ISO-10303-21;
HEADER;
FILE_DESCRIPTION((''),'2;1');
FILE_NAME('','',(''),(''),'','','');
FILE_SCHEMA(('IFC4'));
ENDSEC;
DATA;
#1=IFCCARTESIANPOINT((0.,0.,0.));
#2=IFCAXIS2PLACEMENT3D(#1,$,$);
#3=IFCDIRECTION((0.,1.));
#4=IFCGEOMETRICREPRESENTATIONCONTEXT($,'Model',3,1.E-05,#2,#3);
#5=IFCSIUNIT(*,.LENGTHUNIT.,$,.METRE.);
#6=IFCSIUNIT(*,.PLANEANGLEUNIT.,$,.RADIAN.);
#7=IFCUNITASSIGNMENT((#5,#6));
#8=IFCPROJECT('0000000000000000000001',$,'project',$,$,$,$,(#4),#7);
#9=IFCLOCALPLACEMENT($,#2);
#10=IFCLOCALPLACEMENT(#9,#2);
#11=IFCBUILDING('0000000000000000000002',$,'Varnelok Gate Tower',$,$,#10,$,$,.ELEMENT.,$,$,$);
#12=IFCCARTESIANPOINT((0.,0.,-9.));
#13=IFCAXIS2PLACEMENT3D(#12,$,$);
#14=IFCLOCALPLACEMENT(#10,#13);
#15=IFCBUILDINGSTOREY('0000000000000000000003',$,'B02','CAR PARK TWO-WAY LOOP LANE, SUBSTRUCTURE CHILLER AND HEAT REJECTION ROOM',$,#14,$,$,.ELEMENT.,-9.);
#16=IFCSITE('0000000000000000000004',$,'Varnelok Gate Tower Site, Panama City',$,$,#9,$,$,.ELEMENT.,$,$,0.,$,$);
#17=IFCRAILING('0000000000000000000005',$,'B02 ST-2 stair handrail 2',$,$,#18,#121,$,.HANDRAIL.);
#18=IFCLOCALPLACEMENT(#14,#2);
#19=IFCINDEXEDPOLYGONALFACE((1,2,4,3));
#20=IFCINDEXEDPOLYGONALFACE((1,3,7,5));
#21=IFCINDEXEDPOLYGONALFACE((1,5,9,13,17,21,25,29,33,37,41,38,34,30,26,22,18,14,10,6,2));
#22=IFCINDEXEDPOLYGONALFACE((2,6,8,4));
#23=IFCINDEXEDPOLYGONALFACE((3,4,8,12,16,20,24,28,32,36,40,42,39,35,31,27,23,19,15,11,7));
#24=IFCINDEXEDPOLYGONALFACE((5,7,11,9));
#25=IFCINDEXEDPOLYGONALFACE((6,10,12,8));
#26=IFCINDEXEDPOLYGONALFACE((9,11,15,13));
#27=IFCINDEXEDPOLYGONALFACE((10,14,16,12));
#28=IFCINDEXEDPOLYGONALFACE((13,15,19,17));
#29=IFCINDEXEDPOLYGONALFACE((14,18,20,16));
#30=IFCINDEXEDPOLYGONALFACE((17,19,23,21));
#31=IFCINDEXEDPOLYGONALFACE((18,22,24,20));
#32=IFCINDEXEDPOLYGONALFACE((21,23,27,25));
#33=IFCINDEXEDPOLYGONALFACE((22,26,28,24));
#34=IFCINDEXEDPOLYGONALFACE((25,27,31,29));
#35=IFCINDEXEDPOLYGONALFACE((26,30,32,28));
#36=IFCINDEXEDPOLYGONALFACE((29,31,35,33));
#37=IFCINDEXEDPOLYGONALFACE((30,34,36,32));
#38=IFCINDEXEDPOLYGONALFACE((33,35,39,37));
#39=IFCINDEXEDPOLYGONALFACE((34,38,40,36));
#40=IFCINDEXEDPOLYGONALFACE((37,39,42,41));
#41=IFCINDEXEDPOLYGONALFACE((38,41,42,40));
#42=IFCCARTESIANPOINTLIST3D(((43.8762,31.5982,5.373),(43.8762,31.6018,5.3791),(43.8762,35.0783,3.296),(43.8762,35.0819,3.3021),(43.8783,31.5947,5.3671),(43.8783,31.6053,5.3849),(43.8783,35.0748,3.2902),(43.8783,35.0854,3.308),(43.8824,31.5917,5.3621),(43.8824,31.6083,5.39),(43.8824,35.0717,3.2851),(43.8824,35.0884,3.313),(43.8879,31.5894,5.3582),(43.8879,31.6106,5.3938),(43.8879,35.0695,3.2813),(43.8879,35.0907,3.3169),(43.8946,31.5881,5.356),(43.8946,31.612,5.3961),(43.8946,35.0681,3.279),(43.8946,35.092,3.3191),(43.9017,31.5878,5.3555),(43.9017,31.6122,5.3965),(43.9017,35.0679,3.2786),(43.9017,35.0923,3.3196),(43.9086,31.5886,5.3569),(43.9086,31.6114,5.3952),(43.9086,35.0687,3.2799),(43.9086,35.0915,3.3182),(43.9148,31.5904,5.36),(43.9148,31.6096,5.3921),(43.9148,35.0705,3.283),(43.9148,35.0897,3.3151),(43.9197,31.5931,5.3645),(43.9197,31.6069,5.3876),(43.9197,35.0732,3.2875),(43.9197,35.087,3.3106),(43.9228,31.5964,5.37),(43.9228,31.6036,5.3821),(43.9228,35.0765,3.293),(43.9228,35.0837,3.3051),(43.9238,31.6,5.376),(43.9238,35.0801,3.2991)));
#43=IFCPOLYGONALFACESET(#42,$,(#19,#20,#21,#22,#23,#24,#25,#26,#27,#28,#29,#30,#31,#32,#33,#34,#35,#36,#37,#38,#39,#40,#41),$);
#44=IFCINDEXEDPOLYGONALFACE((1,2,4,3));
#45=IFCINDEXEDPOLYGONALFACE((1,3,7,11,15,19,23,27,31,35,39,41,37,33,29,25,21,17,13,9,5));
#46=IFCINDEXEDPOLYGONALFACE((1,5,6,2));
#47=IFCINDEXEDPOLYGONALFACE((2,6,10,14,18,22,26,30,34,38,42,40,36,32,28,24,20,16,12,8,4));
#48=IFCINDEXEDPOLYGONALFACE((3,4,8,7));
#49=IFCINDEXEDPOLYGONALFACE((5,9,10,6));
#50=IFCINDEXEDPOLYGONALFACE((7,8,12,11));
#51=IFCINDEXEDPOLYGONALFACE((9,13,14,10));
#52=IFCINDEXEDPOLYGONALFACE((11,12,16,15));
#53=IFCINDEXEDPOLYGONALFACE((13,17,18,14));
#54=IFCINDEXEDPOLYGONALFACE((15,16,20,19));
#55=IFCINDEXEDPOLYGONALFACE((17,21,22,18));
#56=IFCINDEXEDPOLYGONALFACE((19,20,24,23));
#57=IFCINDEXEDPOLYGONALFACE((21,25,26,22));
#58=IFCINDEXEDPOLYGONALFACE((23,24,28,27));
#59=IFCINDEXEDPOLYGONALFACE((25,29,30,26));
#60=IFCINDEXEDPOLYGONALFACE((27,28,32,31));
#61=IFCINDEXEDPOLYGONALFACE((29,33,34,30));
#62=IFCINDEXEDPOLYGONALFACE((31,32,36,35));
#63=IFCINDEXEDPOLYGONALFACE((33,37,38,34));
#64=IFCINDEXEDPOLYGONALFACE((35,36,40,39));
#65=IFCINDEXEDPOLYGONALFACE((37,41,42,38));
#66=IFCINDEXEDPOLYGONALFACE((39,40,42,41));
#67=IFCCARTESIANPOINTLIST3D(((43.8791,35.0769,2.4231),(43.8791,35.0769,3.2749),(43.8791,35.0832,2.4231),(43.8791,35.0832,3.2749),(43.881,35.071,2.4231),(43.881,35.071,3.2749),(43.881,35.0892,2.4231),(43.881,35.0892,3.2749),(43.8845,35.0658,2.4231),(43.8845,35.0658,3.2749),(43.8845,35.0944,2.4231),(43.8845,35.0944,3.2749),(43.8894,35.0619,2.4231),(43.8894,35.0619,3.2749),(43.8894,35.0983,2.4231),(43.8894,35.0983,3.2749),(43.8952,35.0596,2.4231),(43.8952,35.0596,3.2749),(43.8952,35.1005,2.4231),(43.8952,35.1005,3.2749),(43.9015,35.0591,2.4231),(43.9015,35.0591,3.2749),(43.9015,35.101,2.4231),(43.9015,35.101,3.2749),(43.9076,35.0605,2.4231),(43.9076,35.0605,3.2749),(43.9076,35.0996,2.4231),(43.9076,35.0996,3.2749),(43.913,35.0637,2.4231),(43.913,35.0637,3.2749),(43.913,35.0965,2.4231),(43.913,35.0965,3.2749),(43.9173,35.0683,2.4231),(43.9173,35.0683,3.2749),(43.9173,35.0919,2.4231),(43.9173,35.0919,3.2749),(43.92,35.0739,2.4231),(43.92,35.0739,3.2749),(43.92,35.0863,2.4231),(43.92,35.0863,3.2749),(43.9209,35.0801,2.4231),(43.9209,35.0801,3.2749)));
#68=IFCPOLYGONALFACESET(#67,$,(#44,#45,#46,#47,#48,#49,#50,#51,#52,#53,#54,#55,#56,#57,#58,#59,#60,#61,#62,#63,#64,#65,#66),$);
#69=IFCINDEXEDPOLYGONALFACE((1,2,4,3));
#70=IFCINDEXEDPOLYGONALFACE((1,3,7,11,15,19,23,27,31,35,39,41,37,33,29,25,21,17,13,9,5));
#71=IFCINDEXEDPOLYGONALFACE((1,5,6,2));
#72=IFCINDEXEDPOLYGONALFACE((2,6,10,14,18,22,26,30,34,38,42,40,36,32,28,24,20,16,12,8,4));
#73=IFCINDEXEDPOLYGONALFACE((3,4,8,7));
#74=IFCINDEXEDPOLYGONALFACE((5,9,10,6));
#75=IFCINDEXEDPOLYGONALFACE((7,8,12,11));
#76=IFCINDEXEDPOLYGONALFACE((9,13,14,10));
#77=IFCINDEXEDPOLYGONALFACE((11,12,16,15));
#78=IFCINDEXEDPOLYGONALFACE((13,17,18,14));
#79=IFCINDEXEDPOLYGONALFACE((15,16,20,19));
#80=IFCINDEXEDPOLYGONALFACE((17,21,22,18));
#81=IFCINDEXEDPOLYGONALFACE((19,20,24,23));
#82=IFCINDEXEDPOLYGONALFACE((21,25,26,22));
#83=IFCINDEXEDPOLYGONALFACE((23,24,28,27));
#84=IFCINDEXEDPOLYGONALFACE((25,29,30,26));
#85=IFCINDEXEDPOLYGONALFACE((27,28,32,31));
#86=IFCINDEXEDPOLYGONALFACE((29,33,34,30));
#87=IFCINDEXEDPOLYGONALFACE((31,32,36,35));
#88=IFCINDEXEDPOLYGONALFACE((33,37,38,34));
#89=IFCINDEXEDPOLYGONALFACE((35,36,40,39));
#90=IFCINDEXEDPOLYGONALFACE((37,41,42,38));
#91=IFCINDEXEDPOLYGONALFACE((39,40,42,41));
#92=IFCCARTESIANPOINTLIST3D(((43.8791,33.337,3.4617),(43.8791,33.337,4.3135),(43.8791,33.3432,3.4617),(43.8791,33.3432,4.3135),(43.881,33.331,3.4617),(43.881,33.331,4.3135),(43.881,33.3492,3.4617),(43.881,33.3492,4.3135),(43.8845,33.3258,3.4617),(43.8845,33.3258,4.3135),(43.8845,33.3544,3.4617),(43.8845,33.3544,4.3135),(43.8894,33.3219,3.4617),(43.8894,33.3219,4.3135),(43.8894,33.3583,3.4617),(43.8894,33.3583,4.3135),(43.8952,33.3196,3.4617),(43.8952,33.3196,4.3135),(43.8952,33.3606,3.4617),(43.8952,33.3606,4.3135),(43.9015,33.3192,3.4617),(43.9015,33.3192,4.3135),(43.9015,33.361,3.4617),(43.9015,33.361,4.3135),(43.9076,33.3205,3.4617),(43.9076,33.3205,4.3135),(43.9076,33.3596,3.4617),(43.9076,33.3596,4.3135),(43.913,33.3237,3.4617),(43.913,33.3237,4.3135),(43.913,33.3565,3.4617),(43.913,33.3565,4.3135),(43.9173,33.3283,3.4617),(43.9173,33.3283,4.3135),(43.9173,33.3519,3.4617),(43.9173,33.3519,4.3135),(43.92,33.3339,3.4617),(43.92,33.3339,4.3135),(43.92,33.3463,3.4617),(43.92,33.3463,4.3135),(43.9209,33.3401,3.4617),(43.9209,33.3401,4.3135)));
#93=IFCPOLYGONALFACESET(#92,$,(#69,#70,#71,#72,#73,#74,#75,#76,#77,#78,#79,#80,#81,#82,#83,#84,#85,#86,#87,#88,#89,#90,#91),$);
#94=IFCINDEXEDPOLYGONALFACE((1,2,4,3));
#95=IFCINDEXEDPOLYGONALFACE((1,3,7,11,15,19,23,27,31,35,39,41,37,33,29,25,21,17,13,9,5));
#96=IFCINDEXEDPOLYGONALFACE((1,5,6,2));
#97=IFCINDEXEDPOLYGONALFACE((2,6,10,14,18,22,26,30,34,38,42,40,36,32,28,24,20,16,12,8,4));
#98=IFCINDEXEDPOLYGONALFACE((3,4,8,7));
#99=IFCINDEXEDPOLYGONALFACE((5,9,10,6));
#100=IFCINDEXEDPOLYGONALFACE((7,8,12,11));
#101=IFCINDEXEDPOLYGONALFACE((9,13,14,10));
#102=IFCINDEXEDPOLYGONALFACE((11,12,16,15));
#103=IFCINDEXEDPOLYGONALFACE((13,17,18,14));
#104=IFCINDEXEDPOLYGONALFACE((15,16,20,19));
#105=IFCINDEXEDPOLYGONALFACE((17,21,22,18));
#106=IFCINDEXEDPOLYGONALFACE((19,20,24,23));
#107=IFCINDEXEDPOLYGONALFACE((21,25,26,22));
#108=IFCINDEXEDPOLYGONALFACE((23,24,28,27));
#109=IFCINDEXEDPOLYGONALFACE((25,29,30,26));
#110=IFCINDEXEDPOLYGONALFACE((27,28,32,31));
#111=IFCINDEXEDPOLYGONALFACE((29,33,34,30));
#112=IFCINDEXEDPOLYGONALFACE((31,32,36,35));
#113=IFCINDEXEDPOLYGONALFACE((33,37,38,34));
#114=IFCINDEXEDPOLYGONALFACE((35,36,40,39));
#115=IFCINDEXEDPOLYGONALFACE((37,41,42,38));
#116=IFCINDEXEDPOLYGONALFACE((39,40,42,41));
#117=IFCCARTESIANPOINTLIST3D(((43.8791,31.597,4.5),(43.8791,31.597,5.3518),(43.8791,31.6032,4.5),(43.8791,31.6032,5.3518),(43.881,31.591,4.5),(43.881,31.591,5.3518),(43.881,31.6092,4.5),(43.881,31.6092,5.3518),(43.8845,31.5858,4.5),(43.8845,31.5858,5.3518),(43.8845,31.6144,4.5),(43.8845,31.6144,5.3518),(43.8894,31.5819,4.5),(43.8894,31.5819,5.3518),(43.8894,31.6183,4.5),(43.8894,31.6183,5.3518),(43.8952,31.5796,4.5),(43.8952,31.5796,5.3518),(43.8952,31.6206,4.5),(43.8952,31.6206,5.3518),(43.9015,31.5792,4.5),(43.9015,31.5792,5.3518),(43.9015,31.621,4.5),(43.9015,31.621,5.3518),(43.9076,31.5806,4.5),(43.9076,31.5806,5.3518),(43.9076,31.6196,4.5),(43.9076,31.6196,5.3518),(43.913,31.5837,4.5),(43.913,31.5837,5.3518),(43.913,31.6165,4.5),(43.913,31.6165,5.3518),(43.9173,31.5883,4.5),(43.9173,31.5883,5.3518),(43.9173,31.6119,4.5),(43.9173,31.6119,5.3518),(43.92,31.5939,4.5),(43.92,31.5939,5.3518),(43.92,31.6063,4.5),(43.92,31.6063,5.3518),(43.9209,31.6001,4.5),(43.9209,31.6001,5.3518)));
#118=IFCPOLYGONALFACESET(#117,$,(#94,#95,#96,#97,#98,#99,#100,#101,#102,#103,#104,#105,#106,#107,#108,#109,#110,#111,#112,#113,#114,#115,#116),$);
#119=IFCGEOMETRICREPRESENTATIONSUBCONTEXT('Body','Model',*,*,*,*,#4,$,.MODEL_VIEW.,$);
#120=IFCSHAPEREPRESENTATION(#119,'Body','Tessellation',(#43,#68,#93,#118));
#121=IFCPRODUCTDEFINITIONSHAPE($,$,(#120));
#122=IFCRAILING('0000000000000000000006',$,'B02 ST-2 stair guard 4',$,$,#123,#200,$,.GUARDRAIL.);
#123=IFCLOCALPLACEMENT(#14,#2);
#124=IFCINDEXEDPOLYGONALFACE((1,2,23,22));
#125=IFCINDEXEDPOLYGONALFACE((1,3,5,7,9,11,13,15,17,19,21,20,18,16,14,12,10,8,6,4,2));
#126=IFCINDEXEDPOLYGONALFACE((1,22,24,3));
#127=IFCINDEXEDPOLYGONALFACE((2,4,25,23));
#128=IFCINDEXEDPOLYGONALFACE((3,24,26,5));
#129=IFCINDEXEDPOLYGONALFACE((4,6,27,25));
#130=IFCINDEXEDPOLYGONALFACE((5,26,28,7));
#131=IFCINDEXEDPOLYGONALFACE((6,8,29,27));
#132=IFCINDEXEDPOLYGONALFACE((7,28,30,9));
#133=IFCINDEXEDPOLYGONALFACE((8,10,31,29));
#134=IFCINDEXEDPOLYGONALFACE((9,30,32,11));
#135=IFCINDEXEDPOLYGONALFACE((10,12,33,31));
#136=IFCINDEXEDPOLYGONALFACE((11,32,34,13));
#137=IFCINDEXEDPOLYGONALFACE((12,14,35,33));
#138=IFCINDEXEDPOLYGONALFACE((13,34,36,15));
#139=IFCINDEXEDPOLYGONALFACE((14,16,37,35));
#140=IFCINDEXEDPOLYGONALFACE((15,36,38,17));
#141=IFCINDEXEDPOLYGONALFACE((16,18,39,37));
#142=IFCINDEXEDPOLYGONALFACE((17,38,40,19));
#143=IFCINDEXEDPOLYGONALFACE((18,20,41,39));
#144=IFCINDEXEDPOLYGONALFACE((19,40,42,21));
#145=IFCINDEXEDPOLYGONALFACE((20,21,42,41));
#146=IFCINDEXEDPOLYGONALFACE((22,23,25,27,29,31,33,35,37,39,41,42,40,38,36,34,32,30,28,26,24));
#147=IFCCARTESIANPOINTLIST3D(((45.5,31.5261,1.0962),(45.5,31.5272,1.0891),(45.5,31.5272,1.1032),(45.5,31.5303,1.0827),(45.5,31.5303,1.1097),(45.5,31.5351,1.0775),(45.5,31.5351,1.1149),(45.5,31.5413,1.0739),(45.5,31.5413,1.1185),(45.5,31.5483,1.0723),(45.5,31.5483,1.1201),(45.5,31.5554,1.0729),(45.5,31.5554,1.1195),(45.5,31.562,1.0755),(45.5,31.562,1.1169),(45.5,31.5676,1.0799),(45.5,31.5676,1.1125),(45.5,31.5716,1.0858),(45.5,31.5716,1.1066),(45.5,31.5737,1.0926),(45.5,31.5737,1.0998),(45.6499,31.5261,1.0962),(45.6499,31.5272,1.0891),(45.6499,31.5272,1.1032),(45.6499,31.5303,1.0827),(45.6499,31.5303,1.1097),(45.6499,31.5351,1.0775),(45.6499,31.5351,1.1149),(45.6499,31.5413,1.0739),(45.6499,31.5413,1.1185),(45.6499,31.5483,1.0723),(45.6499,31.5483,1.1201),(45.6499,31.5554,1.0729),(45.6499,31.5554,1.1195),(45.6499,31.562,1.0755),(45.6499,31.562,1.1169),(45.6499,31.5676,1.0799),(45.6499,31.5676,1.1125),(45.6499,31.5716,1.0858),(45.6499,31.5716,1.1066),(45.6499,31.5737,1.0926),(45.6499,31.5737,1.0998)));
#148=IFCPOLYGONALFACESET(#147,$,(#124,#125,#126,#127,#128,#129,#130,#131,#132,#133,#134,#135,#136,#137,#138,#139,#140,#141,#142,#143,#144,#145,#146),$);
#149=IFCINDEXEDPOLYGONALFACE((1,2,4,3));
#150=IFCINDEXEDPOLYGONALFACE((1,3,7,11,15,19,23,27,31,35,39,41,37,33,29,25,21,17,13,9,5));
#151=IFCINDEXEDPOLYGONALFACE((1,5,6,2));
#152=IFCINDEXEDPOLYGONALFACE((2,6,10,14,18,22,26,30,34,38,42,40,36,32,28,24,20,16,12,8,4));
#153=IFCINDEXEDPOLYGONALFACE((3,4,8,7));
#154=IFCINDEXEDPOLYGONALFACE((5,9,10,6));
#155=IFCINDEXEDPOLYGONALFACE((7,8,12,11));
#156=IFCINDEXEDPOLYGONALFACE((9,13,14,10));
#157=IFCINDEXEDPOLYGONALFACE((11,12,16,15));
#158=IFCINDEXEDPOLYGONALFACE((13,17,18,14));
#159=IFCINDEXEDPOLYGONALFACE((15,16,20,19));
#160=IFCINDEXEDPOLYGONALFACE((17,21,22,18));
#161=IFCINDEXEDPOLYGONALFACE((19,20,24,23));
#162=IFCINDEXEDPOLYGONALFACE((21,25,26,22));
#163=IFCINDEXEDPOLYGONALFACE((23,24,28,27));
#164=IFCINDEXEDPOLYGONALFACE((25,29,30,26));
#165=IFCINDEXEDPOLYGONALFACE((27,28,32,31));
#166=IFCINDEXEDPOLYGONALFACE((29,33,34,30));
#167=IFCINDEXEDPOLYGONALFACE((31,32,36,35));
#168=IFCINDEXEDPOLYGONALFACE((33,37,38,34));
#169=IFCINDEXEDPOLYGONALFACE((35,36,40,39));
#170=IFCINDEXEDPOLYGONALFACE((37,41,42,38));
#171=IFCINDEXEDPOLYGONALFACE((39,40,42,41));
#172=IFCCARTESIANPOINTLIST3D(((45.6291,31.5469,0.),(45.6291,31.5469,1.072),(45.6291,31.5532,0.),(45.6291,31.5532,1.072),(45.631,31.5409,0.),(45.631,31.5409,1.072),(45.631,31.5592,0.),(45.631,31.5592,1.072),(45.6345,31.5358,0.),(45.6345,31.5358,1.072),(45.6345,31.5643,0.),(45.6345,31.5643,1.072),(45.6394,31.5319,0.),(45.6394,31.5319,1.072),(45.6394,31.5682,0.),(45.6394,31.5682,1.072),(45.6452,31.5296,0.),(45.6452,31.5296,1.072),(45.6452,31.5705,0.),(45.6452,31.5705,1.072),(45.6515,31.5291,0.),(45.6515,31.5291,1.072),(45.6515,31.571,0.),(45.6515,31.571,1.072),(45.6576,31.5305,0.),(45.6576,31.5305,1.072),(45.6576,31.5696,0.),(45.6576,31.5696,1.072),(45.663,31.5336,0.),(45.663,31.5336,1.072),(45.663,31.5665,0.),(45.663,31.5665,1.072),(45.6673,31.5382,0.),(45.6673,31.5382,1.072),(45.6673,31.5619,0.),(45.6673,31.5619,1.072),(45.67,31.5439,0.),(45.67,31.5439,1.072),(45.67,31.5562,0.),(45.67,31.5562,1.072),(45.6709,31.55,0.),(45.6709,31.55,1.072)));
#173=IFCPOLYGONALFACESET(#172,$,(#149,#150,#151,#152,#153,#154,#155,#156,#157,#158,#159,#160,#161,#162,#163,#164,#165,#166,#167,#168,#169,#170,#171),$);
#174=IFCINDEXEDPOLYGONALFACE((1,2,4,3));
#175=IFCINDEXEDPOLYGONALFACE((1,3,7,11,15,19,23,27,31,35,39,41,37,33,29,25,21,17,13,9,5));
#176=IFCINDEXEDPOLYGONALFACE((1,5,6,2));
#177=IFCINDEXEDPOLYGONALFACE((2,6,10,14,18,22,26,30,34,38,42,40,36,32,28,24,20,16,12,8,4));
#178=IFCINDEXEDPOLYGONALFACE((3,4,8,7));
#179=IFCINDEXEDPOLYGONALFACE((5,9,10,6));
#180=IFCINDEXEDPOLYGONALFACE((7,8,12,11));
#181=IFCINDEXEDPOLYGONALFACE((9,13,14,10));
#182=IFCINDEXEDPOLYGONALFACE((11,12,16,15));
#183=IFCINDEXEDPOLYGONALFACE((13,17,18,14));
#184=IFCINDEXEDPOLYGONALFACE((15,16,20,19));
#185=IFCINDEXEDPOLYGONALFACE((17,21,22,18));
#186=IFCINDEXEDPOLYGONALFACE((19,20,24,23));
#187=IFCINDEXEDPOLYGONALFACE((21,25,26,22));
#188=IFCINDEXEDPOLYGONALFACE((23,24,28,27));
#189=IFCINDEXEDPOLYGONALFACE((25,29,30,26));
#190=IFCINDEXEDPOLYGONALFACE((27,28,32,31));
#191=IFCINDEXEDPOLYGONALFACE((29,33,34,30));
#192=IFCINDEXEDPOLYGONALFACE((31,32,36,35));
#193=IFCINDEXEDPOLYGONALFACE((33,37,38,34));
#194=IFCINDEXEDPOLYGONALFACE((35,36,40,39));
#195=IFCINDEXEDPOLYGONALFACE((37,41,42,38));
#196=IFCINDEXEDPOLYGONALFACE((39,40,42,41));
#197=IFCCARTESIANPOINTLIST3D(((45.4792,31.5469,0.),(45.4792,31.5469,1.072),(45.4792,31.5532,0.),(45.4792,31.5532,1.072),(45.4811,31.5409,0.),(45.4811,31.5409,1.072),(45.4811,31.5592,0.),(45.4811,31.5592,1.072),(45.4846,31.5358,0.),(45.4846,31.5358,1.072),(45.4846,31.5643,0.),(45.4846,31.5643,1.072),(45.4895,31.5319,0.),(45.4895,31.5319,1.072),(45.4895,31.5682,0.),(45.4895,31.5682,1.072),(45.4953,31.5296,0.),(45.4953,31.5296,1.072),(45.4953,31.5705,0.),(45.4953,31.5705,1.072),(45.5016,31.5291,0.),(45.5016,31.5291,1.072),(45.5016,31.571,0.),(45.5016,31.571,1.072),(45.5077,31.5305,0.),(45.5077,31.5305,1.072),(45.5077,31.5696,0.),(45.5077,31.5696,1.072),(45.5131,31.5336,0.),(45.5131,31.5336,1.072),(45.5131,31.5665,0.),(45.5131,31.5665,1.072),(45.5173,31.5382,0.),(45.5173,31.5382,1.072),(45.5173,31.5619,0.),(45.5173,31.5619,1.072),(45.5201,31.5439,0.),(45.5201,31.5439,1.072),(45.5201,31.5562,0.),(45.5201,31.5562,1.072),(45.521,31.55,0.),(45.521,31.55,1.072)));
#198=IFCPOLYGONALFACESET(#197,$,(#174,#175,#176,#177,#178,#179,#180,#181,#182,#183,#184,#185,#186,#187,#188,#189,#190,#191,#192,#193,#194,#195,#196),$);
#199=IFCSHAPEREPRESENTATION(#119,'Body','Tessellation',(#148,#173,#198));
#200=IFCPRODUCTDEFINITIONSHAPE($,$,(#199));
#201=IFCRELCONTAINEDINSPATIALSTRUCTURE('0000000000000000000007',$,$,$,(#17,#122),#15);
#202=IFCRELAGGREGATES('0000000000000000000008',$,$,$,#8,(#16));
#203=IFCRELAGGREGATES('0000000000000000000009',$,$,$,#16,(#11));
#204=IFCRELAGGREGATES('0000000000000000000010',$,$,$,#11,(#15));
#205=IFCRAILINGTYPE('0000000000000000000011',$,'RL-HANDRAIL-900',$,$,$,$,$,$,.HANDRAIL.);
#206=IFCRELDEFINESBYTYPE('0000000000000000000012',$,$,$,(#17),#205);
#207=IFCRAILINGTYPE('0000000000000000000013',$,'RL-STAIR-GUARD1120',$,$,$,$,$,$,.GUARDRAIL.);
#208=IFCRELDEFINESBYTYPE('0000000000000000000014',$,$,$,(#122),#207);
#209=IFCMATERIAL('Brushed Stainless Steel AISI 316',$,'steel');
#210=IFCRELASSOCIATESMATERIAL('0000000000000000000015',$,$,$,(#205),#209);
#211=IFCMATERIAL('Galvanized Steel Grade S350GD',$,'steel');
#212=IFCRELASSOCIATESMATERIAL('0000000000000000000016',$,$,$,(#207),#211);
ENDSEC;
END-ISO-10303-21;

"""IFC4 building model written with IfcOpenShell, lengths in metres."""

from ifc_helpers import new_model, si_unit, direction, frame, origin, origin_2d, place, context, subcontext, project, spatial, circle, extrude, material, type_object, element, save


model = new_model("IFC4")

# Units and contexts
model_context = context("Model", 3, precision=1e-05, world=origin(), true_north=direction((0.0, 1.0)))
body_context = subcontext(model_context, "Body", "Model", "MODEL_VIEW")
ifc_project = project(units=[si_unit("LENGTHUNIT", "METRE"), si_unit("PLANEANGLEUNIT", "RADIAN")], contexts=[model_context])

# Site, building, storey
site_placement = place(None, origin())
site = spatial("IfcSite", under=ifc_project, at=site_placement, Name="Varnelok Gate Tower Site, Panama City", CompositionType="ELEMENT", RefElevation=0.0)
building_placement = place(site_placement, origin())
building = spatial("IfcBuilding", under=site, at=building_placement, Name="Varnelok Gate Tower", CompositionType="ELEMENT")
storey_placement = place(building_placement, frame((0.0, 0.0, -9.0)))
storey = spatial("IfcBuildingStorey", under=building, at=storey_placement, Name="B02", Description="CAR PARK TWO-WAY LOOP LANE, SUBSTRUCTURE CHILLER AND HEAT REJECTION ROOM", CompositionType="ELEMENT", Elevation=-9.0)

# Shared definitions
ifc_material_1 = material(Name="Galvanized Steel Grade S350GD", Category="steel")

# Railings
ifc_material_2 = material(Name="Brushed Stainless Steel AISI 316", Category="steel")
railing_type_1 = type_object("IfcRailingType", Name="RL-HANDRAIL-900", PredefinedType="HANDRAIL", material=ifc_material_2)
railing_1_placement = place(storey_placement, frame((43.8999, 35.0801, 2.4231)))
element("IfcRailing", 1, at=railing_1_placement, inside=storey, type_object=railing_type_1, Name="B02 ST-2 stair handrail 2", PredefinedType="HANDRAIL", context=body_context, shape_type="SweptSolid", body=[
    extrude(circle(Radius=0.0239, at=origin_2d()), frame((0.0, 0.0, 0.876), z_axis=(0.0, -0.858697, 0.512483), x_axis=(1.0, 0.0, 0.0)), (0.0, 0.0, 1.0), 4.0527),
    extrude(circle(Radius=0.021, at=origin_2d()), origin(), (0.0, 0.0, 1.0), 0.8518),
    extrude(circle(Radius=0.021, at=origin_2d()), frame((0.0, -1.74, 1.0386)), (0.0, 0.0, 1.0), 0.8518),
    extrude(circle(Radius=0.021, at=origin_2d()), frame((0.0, -3.48, 2.0769)), (0.0, 0.0, 1.0), 0.8518),
])
railing_type_2 = type_object("IfcRailingType", Name="RL-STAIR-GUARD1120", PredefinedType="GUARDRAIL", material=ifc_material_1)
railing_2_placement = place(storey_placement, frame((45.6499, 31.55, 0.0)))
element("IfcRailing", 2, at=railing_2_placement, inside=storey, type_object=railing_type_2, Name="B02 ST-2 stair guard 4", PredefinedType="GUARDRAIL", context=body_context, shape_type="SweptSolid", body=[
    extrude(circle(Radius=0.0239, at=origin_2d()), frame((0.0, 0.0, 1.0962), z_axis=(-1.0, 0.0, 0.0), x_axis=(0.0, -1.0, 0.0)), (0.0, 0.0, 1.0), 0.1499),
    extrude(circle(Radius=0.021, at=origin_2d()), origin(), (0.0, 0.0, 1.0), 1.072),
    extrude(circle(Radius=0.021, at=origin_2d()), frame((-0.1499, 0.0, 0.0)), (0.0, 0.0, 1.0), 1.072),
])

save(model, "model.ifc")
